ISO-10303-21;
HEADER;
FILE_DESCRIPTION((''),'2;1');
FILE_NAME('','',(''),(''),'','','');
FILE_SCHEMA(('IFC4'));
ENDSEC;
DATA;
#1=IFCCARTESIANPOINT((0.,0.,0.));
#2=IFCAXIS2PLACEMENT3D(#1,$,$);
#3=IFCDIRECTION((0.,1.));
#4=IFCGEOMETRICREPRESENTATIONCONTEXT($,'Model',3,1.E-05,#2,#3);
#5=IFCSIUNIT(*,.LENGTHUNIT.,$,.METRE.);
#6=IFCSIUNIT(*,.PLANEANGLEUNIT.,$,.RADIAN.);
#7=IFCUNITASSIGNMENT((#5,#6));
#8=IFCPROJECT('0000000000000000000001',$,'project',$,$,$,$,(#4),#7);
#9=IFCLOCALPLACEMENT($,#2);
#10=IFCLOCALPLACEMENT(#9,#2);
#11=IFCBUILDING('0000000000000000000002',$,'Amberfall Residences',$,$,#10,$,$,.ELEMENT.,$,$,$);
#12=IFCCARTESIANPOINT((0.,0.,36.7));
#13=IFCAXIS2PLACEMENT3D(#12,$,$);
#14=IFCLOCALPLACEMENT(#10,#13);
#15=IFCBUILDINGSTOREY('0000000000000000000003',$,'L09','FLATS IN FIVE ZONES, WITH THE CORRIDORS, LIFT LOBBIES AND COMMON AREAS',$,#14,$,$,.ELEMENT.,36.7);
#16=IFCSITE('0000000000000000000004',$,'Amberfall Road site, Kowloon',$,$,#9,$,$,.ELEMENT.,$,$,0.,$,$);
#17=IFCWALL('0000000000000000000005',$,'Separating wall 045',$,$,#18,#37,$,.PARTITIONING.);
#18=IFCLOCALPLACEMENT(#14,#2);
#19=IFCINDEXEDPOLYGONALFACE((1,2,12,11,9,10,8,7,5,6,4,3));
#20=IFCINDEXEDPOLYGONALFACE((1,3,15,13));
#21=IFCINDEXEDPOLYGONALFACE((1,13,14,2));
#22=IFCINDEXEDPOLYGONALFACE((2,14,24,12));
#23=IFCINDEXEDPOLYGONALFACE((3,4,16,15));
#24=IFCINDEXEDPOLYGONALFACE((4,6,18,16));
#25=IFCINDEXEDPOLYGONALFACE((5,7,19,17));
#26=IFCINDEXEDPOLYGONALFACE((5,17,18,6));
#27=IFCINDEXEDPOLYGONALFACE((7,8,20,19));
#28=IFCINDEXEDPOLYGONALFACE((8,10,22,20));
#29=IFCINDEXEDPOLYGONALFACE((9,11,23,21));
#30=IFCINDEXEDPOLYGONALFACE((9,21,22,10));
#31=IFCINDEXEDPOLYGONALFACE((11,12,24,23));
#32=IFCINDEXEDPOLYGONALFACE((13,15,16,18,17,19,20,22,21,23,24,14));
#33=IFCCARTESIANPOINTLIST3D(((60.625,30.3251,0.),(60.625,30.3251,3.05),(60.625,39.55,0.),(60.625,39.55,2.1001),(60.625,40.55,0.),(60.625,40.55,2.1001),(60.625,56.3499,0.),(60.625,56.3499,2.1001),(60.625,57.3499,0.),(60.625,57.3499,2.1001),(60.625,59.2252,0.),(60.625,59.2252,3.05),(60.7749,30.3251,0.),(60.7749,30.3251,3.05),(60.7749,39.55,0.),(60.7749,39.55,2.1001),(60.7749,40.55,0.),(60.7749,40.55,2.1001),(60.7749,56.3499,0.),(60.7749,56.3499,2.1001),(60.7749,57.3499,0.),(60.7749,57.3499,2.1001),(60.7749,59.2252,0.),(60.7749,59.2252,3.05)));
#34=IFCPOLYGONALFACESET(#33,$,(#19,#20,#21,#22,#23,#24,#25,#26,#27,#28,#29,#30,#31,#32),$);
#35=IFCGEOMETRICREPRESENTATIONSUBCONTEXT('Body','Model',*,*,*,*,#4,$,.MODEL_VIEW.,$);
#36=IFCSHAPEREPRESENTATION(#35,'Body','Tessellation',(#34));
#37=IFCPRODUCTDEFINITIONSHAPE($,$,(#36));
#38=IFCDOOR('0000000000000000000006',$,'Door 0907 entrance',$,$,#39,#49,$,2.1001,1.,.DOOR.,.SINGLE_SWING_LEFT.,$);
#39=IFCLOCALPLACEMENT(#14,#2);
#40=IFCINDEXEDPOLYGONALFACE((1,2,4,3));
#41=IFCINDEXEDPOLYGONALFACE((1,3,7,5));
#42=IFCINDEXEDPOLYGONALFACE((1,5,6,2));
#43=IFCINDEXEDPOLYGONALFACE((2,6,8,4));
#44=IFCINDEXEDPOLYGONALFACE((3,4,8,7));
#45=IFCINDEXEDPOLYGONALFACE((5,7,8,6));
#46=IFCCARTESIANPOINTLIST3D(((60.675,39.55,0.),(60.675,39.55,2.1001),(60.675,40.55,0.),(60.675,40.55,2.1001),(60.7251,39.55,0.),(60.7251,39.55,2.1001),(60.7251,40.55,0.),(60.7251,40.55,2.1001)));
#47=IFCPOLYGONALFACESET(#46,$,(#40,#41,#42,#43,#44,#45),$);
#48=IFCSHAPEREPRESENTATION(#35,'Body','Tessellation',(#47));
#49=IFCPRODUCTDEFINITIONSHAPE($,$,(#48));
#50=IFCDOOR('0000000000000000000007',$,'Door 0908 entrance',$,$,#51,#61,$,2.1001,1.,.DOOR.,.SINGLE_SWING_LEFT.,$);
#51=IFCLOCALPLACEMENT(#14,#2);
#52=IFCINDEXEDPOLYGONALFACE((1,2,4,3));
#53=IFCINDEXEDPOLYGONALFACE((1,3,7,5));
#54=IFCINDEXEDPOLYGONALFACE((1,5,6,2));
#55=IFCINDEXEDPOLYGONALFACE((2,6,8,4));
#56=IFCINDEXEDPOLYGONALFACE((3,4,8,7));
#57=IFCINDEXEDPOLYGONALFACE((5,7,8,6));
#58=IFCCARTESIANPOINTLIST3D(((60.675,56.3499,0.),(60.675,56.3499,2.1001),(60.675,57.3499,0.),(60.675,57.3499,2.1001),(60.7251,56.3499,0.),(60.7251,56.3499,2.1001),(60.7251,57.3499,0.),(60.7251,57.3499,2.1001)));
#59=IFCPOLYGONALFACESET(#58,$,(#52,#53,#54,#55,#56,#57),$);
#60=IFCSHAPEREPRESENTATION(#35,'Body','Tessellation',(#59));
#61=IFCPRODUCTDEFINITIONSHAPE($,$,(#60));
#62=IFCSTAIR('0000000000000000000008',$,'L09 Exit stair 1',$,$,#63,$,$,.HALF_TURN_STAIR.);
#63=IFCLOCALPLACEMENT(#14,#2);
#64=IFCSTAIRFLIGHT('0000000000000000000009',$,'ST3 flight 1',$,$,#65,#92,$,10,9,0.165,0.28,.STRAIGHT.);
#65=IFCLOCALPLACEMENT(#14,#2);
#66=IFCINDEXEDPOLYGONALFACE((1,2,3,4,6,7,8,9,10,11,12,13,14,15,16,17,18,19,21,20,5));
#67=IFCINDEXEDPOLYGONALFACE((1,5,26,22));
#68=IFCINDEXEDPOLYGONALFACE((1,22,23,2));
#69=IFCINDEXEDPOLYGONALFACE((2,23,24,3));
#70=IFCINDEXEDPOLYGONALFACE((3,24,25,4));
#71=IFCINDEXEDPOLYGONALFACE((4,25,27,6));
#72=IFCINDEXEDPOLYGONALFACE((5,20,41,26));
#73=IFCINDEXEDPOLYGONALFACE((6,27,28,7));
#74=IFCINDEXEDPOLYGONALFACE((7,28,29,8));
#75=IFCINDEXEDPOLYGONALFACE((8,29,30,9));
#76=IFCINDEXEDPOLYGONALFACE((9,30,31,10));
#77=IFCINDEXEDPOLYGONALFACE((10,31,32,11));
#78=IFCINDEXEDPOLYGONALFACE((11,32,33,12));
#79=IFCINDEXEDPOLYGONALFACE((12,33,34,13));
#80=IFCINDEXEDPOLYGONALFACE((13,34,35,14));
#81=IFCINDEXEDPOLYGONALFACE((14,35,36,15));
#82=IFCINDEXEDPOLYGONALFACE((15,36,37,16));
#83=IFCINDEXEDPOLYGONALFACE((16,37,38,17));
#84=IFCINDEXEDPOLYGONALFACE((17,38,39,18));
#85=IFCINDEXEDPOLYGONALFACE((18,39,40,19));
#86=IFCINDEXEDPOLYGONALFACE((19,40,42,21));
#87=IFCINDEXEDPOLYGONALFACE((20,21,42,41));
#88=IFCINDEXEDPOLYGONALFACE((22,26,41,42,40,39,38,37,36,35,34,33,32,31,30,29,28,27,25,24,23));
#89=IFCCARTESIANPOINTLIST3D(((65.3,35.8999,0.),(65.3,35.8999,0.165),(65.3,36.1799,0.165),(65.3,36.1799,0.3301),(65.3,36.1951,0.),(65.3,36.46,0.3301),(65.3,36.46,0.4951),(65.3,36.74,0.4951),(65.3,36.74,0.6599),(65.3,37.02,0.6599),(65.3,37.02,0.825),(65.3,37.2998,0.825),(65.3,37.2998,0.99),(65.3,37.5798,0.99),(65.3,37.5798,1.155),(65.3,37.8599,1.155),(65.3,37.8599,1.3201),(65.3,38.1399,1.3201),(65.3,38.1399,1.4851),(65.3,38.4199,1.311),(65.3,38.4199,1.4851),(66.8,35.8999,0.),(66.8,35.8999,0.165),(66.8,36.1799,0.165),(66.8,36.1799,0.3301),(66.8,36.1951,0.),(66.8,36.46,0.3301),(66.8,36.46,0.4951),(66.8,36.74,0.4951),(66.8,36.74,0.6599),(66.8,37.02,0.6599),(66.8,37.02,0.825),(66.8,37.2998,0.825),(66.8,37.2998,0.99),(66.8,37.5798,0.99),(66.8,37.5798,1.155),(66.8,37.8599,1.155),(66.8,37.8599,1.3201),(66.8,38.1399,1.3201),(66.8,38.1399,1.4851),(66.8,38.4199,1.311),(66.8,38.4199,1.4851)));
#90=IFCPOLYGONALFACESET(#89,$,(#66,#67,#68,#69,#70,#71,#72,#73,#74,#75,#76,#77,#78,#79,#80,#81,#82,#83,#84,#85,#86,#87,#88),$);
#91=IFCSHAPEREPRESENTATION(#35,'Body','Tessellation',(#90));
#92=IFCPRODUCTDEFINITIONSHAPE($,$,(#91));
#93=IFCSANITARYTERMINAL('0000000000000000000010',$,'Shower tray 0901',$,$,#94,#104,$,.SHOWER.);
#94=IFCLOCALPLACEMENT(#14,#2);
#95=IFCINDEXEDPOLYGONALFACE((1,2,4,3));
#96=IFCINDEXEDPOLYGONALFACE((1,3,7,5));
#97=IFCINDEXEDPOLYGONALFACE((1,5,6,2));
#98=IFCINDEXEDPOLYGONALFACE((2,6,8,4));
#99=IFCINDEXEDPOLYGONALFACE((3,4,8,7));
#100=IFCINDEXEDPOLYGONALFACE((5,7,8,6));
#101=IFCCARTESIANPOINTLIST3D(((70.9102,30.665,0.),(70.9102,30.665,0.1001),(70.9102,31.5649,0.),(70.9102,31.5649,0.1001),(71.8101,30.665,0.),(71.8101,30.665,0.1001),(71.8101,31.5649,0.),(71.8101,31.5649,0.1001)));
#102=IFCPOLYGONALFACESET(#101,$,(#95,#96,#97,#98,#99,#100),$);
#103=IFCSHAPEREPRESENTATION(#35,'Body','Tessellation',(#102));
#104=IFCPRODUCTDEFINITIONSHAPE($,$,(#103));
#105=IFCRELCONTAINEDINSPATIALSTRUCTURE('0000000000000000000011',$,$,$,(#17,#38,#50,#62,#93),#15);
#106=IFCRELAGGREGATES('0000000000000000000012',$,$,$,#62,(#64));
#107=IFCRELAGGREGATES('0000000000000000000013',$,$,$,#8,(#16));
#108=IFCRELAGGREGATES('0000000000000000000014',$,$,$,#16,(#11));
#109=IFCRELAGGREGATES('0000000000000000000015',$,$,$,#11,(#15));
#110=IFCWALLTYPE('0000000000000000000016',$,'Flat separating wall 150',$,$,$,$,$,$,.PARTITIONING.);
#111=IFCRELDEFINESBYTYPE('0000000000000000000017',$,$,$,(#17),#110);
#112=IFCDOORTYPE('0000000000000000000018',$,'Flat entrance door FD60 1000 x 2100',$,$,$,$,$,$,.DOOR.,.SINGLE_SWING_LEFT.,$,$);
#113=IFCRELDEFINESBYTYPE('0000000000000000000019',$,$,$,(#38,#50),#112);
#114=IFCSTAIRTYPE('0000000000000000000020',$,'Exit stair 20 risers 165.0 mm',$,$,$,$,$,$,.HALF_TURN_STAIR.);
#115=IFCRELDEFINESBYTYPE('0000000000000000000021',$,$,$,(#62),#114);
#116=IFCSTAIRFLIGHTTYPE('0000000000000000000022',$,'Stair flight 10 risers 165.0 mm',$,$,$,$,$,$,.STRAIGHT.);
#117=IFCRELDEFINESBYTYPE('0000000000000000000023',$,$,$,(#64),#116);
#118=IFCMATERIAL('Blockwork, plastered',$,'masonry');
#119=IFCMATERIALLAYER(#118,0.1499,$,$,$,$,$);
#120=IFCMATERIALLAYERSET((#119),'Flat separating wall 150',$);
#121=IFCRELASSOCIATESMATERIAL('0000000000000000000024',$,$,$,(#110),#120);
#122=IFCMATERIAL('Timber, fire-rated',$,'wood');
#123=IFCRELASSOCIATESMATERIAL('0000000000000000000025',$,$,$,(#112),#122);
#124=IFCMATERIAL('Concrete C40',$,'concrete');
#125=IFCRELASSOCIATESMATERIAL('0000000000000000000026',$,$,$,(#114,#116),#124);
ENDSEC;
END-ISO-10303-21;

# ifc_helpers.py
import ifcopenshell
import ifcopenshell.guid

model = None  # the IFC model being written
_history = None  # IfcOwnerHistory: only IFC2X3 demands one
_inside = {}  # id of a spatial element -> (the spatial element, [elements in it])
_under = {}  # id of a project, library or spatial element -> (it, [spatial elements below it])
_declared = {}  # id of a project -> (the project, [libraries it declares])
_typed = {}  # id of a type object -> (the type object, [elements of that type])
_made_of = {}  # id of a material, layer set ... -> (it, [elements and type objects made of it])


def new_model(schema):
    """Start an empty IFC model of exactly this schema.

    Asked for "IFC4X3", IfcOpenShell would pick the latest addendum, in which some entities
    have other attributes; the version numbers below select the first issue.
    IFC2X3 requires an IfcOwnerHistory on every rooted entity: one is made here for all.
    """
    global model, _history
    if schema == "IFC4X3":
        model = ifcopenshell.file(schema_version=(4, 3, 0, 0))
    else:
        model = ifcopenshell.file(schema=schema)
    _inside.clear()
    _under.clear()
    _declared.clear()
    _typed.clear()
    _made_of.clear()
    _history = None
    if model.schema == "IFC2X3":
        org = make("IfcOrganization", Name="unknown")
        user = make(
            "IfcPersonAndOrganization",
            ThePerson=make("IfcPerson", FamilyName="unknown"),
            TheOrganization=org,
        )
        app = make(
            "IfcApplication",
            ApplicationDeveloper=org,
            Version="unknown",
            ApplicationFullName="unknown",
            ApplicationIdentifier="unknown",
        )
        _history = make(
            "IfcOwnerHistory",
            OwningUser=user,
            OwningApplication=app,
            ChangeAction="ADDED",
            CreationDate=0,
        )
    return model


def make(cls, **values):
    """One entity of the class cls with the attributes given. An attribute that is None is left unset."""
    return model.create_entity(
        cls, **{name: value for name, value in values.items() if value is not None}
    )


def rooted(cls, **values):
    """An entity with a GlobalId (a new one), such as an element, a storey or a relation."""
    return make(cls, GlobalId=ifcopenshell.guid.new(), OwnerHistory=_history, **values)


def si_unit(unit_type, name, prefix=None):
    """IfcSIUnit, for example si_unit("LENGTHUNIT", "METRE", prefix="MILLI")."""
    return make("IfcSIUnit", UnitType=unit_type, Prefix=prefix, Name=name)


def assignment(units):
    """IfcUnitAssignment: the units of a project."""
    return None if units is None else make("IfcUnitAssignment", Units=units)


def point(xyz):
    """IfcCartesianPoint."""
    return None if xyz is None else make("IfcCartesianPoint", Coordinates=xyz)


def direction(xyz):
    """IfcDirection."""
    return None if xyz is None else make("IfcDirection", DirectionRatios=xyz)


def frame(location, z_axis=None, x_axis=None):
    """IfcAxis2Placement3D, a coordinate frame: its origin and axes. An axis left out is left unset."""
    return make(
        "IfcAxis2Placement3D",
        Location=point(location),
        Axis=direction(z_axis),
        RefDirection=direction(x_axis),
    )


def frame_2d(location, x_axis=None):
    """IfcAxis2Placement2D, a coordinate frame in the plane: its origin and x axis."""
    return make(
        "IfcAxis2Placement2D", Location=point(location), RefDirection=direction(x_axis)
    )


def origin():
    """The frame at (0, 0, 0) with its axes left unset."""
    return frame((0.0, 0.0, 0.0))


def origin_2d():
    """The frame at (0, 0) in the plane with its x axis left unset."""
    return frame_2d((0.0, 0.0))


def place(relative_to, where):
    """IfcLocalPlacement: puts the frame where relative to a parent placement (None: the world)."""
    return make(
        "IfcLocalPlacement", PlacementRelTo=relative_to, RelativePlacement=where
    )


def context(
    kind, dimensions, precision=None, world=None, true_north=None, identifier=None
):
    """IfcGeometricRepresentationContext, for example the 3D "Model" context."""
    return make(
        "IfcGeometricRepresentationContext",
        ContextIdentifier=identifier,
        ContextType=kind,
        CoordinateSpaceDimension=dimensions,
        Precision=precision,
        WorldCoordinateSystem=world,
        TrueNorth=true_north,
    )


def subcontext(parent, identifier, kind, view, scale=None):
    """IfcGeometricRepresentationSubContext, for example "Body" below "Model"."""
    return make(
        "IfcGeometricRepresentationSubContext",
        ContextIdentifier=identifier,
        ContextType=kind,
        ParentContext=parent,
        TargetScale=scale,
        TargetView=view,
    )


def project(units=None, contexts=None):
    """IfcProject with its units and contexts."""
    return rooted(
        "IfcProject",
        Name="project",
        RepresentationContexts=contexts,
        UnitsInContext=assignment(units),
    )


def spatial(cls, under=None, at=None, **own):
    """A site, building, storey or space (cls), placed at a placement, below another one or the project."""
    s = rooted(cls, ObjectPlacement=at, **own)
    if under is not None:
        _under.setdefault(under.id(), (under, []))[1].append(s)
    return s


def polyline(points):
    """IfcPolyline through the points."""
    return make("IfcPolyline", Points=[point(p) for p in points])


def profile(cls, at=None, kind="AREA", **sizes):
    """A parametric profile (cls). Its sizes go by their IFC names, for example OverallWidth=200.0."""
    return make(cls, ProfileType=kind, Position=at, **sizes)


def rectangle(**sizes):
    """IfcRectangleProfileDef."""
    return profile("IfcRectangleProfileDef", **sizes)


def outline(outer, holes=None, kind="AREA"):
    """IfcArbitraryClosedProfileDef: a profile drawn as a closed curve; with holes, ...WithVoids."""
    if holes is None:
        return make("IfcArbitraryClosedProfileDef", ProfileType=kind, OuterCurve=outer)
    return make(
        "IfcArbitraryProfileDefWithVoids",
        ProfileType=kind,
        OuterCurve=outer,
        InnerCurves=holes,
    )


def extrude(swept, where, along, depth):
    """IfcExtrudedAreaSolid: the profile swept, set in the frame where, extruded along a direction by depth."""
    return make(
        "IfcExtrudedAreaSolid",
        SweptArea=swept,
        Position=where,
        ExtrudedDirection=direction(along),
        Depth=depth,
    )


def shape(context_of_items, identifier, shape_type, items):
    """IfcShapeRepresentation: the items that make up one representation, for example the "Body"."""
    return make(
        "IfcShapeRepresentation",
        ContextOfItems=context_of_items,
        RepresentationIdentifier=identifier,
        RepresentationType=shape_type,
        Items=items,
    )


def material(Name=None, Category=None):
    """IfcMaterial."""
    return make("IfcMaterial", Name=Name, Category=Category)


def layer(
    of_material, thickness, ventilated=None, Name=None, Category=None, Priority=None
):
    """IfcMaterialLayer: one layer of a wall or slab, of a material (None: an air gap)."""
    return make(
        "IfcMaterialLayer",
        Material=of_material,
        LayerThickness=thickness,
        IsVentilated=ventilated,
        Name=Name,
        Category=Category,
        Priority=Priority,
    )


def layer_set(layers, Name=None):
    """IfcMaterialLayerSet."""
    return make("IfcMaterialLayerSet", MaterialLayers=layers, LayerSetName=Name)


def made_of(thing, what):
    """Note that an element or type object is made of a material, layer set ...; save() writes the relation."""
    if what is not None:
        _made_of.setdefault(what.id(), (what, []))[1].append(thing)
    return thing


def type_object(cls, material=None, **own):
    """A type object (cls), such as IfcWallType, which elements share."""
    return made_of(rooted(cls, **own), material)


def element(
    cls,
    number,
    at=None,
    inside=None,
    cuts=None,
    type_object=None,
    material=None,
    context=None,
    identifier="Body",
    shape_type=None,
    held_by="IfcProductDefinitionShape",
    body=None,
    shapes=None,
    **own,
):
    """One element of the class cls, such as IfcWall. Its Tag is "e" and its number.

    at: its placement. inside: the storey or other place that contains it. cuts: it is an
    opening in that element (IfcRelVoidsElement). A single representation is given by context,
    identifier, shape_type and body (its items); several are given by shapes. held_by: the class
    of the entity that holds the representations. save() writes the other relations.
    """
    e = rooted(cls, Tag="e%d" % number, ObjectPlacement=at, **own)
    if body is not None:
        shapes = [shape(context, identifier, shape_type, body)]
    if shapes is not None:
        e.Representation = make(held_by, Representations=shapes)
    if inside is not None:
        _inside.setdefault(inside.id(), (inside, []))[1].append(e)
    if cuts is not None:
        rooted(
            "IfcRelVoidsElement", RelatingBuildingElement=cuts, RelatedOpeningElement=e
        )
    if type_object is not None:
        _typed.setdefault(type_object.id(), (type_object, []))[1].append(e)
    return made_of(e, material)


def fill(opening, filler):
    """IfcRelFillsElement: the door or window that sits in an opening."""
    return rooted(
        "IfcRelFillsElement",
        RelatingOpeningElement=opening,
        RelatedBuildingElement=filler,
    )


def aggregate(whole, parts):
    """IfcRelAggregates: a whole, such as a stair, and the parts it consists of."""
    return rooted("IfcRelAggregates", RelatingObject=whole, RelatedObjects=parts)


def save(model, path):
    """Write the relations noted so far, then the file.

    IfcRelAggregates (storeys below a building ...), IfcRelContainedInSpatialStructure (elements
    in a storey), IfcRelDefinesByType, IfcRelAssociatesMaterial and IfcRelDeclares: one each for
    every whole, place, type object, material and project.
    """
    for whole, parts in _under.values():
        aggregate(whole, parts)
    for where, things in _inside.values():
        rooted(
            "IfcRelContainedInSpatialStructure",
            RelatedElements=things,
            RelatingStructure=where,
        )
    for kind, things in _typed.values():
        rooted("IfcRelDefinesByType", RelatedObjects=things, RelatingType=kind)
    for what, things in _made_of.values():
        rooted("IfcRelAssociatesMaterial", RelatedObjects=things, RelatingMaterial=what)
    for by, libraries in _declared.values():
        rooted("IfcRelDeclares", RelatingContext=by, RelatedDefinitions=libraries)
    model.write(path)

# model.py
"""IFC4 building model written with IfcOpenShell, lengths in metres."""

from ifc_helpers import new_model, si_unit, direction, frame, frame_2d, origin, origin_2d, place, context, subcontext, project, spatial, polyline, rectangle, outline, extrude, material, layer, layer_set, type_object, element, fill, aggregate, save


model = new_model("IFC4")

# Units and contexts
model_context = context("Model", 3, precision=1e-05, world=origin(), true_north=direction((0.0, 1.0)))
body_context = subcontext(model_context, "Body", "Model", "MODEL_VIEW")
ifc_project = project(units=[si_unit("LENGTHUNIT", "METRE"), si_unit("PLANEANGLEUNIT", "RADIAN")], contexts=[model_context])

# Site, building, storey
site_placement = place(None, origin())
site = spatial("IfcSite", under=ifc_project, at=site_placement, Name="Amberfall Road site, Kowloon", CompositionType="ELEMENT", RefElevation=0.0)
building_placement = place(site_placement, origin())
building = spatial("IfcBuilding", under=site, at=building_placement, Name="Amberfall Residences", CompositionType="ELEMENT")
storey_placement = place(building_placement, frame((0.0, 0.0, 36.7)))
storey = spatial("IfcBuildingStorey", under=building, at=storey_placement, Name="L09", Description="FLATS IN FIVE ZONES, WITH THE CORRIDORS, LIFT LOBBIES AND COMMON AREAS", CompositionType="ELEMENT", Elevation=36.7)

# Wall, openings, doors
ifc_material_1 = material(Name="Blockwork, plastered", Category="masonry")
ifc_layer_1 = layer(ifc_material_1, 0.1499)
ifc_layer_set_1 = layer_set([ifc_layer_1], Name="Flat separating wall 150")
wall_type_1 = type_object("IfcWallType", Name="Flat separating wall 150", PredefinedType="PARTITIONING", material=ifc_layer_set_1)
wall_1_placement = place(storey_placement, frame((60.7, 30.325, 0.0), z_axis=(0.0, 0.0, 1.0), x_axis=(0.0, 1.0, 0.0)))
wall_1 = element("IfcWall", 1, at=wall_1_placement, inside=storey, type_object=wall_type_1, Name="Separating wall 045", PredefinedType="PARTITIONING", context=body_context, shape_type="SweptSolid", body=[
    extrude(rectangle(XDim=28.9001, YDim=0.1499, at=frame_2d((14.4502, 0.0))), origin(), (0.0, 0.0, 1.0), 3.05),
])
opening_1_placement = place(wall_1_placement, frame((9.2251, 0.0, 0.0)))
opening_1 = element("IfcOpeningElement", 2, at=opening_1_placement, cuts=wall_1, PredefinedType="OPENING", context=body_context, shape_type="SweptSolid", body=[
    extrude(rectangle(XDim=1.0, YDim=2.1001, at=frame_2d((0.5, 1.05))), frame((0.0, 0.085, 0.0), z_axis=(0.0, -1.0, 0.0), x_axis=(1.0, 0.0, 0.0)), (0.0, 0.0, 1.0), 0.1699),
])
opening_2_placement = place(wall_1_placement, frame((26.0249, 0.0, 0.0)))
opening_2 = element("IfcOpeningElement", 3, at=opening_2_placement, cuts=wall_1, PredefinedType="OPENING", context=body_context, shape_type="SweptSolid", body=[
    extrude(rectangle(XDim=1.0, YDim=2.1001, at=frame_2d((0.5, 1.05))), frame((0.0, 0.085, 0.0), z_axis=(0.0, -1.0, 0.0), x_axis=(1.0, 0.0, 0.0)), (0.0, 0.0, 1.0), 0.1699),
])
ifc_material_2 = material(Name="Timber, fire-rated", Category="wood")
door_type_1 = type_object("IfcDoorType", Name="Flat entrance door FD60 1000 x 2100", OperationType="SINGLE_SWING_LEFT", PredefinedType="DOOR", material=ifc_material_2)
door_1_placement = place(opening_1_placement, origin())
door_1 = element("IfcDoor", 4, at=door_1_placement, inside=storey, type_object=door_type_1, Name="Door 0907 entrance", OperationType="SINGLE_SWING_LEFT", OverallHeight=2.1001, OverallWidth=1.0, PredefinedType="DOOR", context=body_context, shape_type="SweptSolid", body=[
    extrude(rectangle(XDim=1.0, YDim=2.1001, at=frame_2d((0.5, 1.05))), frame((0.0, 0.0249, 0.0), z_axis=(0.0, -1.0, 0.0), x_axis=(1.0, 0.0, 0.0)), (0.0, 0.0, 1.0), 0.05),
])
fill(opening_1, door_1)
door_2_placement = place(opening_2_placement, origin())
door_2 = element("IfcDoor", 5, at=door_2_placement, inside=storey, type_object=door_type_1, Name="Door 0908 entrance", OperationType="SINGLE_SWING_LEFT", OverallHeight=2.1001, OverallWidth=1.0, PredefinedType="DOOR", context=body_context, shape_type="SweptSolid", body=[
    extrude(rectangle(XDim=1.0, YDim=2.1001, at=frame_2d((0.5, 1.05))), frame((0.0, 0.0249, 0.0), z_axis=(0.0, -1.0, 0.0), x_axis=(1.0, 0.0, 0.0)), (0.0, 0.0, 1.0), 0.05),
])
fill(opening_2, door_2)

# Stair, stair flight
ifc_material_3 = material(Name="Concrete C40", Category="concrete")
stair_type = type_object("IfcStairType", Name="Exit stair 20 risers 165.0 mm", PredefinedType="HALF_TURN_STAIR", material=ifc_material_3)
stair_placement = place(storey_placement, origin())
stair = element("IfcStair", 6, at=stair_placement, inside=storey, type_object=stair_type, Name="L09 Exit stair 1", PredefinedType="HALF_TURN_STAIR")
stair_flight_type = type_object("IfcStairFlightType", Name="Stair flight 10 risers 165.0 mm", PredefinedType="STRAIGHT", material=ifc_material_3)
stair_flight_placement = place(storey_placement, frame((66.05, 35.8999, 0.0), z_axis=(0.0, 0.0, 1.0), x_axis=(0.0, 1.0, 0.0)))
stair_flight = element("IfcStairFlight", 7, at=stair_flight_placement, type_object=stair_flight_type, Name="ST3 flight 1", NumberOfRisers=10, NumberOfTreads=9, PredefinedType="STRAIGHT", RiserHeight=0.165, TreadLength=0.28, context=body_context, shape_type="SweptSolid", body=[
    extrude(outline(polyline([(0.0, 0.0), (0.0, 0.165), (0.28, 0.165), (0.28, 0.3301), (0.5601, 0.3301), (0.5601, 0.4951), (0.8401, 0.4951), (0.8401, 0.6599), (1.1201, 0.6599), (1.1201, 0.825), (1.3999, 0.825), (1.3999, 0.99), (1.6799, 0.99), (1.6799, 1.155), (1.96, 1.155), (1.96, 1.3201), (2.24, 1.3201), (2.24, 1.4851), (2.52, 1.4851), (2.52, 1.6499), (2.52, 1.311), (0.2952, 0.0), (0.0, 0.0)])), frame((0.0, 0.75, 0.0), z_axis=(0.0, -1.0, 0.0), x_axis=(1.0, 0.0, 0.0)), (0.0, 0.0, 1.0), 1.5),
])
aggregate(stair, [stair_flight])

# Sanitary terminal
sanitary_terminal_placement = place(storey_placement, frame((71.3601, 31.115, 0.0), z_axis=(0.0, 0.0, 1.0), x_axis=(1.0, 0.0, 0.0)))
element("IfcSanitaryTerminal", 8, at=sanitary_terminal_placement, inside=storey, Name="Shower tray 0901", PredefinedType="SHOWER", context=body_context, shape_type="SweptSolid", body=[
    extrude(rectangle(XDim=0.8999, YDim=0.8999, at=origin_2d()), origin(), (0.0, 0.0, 1.0), 0.1001),
])

save(model, "model.ifc")
